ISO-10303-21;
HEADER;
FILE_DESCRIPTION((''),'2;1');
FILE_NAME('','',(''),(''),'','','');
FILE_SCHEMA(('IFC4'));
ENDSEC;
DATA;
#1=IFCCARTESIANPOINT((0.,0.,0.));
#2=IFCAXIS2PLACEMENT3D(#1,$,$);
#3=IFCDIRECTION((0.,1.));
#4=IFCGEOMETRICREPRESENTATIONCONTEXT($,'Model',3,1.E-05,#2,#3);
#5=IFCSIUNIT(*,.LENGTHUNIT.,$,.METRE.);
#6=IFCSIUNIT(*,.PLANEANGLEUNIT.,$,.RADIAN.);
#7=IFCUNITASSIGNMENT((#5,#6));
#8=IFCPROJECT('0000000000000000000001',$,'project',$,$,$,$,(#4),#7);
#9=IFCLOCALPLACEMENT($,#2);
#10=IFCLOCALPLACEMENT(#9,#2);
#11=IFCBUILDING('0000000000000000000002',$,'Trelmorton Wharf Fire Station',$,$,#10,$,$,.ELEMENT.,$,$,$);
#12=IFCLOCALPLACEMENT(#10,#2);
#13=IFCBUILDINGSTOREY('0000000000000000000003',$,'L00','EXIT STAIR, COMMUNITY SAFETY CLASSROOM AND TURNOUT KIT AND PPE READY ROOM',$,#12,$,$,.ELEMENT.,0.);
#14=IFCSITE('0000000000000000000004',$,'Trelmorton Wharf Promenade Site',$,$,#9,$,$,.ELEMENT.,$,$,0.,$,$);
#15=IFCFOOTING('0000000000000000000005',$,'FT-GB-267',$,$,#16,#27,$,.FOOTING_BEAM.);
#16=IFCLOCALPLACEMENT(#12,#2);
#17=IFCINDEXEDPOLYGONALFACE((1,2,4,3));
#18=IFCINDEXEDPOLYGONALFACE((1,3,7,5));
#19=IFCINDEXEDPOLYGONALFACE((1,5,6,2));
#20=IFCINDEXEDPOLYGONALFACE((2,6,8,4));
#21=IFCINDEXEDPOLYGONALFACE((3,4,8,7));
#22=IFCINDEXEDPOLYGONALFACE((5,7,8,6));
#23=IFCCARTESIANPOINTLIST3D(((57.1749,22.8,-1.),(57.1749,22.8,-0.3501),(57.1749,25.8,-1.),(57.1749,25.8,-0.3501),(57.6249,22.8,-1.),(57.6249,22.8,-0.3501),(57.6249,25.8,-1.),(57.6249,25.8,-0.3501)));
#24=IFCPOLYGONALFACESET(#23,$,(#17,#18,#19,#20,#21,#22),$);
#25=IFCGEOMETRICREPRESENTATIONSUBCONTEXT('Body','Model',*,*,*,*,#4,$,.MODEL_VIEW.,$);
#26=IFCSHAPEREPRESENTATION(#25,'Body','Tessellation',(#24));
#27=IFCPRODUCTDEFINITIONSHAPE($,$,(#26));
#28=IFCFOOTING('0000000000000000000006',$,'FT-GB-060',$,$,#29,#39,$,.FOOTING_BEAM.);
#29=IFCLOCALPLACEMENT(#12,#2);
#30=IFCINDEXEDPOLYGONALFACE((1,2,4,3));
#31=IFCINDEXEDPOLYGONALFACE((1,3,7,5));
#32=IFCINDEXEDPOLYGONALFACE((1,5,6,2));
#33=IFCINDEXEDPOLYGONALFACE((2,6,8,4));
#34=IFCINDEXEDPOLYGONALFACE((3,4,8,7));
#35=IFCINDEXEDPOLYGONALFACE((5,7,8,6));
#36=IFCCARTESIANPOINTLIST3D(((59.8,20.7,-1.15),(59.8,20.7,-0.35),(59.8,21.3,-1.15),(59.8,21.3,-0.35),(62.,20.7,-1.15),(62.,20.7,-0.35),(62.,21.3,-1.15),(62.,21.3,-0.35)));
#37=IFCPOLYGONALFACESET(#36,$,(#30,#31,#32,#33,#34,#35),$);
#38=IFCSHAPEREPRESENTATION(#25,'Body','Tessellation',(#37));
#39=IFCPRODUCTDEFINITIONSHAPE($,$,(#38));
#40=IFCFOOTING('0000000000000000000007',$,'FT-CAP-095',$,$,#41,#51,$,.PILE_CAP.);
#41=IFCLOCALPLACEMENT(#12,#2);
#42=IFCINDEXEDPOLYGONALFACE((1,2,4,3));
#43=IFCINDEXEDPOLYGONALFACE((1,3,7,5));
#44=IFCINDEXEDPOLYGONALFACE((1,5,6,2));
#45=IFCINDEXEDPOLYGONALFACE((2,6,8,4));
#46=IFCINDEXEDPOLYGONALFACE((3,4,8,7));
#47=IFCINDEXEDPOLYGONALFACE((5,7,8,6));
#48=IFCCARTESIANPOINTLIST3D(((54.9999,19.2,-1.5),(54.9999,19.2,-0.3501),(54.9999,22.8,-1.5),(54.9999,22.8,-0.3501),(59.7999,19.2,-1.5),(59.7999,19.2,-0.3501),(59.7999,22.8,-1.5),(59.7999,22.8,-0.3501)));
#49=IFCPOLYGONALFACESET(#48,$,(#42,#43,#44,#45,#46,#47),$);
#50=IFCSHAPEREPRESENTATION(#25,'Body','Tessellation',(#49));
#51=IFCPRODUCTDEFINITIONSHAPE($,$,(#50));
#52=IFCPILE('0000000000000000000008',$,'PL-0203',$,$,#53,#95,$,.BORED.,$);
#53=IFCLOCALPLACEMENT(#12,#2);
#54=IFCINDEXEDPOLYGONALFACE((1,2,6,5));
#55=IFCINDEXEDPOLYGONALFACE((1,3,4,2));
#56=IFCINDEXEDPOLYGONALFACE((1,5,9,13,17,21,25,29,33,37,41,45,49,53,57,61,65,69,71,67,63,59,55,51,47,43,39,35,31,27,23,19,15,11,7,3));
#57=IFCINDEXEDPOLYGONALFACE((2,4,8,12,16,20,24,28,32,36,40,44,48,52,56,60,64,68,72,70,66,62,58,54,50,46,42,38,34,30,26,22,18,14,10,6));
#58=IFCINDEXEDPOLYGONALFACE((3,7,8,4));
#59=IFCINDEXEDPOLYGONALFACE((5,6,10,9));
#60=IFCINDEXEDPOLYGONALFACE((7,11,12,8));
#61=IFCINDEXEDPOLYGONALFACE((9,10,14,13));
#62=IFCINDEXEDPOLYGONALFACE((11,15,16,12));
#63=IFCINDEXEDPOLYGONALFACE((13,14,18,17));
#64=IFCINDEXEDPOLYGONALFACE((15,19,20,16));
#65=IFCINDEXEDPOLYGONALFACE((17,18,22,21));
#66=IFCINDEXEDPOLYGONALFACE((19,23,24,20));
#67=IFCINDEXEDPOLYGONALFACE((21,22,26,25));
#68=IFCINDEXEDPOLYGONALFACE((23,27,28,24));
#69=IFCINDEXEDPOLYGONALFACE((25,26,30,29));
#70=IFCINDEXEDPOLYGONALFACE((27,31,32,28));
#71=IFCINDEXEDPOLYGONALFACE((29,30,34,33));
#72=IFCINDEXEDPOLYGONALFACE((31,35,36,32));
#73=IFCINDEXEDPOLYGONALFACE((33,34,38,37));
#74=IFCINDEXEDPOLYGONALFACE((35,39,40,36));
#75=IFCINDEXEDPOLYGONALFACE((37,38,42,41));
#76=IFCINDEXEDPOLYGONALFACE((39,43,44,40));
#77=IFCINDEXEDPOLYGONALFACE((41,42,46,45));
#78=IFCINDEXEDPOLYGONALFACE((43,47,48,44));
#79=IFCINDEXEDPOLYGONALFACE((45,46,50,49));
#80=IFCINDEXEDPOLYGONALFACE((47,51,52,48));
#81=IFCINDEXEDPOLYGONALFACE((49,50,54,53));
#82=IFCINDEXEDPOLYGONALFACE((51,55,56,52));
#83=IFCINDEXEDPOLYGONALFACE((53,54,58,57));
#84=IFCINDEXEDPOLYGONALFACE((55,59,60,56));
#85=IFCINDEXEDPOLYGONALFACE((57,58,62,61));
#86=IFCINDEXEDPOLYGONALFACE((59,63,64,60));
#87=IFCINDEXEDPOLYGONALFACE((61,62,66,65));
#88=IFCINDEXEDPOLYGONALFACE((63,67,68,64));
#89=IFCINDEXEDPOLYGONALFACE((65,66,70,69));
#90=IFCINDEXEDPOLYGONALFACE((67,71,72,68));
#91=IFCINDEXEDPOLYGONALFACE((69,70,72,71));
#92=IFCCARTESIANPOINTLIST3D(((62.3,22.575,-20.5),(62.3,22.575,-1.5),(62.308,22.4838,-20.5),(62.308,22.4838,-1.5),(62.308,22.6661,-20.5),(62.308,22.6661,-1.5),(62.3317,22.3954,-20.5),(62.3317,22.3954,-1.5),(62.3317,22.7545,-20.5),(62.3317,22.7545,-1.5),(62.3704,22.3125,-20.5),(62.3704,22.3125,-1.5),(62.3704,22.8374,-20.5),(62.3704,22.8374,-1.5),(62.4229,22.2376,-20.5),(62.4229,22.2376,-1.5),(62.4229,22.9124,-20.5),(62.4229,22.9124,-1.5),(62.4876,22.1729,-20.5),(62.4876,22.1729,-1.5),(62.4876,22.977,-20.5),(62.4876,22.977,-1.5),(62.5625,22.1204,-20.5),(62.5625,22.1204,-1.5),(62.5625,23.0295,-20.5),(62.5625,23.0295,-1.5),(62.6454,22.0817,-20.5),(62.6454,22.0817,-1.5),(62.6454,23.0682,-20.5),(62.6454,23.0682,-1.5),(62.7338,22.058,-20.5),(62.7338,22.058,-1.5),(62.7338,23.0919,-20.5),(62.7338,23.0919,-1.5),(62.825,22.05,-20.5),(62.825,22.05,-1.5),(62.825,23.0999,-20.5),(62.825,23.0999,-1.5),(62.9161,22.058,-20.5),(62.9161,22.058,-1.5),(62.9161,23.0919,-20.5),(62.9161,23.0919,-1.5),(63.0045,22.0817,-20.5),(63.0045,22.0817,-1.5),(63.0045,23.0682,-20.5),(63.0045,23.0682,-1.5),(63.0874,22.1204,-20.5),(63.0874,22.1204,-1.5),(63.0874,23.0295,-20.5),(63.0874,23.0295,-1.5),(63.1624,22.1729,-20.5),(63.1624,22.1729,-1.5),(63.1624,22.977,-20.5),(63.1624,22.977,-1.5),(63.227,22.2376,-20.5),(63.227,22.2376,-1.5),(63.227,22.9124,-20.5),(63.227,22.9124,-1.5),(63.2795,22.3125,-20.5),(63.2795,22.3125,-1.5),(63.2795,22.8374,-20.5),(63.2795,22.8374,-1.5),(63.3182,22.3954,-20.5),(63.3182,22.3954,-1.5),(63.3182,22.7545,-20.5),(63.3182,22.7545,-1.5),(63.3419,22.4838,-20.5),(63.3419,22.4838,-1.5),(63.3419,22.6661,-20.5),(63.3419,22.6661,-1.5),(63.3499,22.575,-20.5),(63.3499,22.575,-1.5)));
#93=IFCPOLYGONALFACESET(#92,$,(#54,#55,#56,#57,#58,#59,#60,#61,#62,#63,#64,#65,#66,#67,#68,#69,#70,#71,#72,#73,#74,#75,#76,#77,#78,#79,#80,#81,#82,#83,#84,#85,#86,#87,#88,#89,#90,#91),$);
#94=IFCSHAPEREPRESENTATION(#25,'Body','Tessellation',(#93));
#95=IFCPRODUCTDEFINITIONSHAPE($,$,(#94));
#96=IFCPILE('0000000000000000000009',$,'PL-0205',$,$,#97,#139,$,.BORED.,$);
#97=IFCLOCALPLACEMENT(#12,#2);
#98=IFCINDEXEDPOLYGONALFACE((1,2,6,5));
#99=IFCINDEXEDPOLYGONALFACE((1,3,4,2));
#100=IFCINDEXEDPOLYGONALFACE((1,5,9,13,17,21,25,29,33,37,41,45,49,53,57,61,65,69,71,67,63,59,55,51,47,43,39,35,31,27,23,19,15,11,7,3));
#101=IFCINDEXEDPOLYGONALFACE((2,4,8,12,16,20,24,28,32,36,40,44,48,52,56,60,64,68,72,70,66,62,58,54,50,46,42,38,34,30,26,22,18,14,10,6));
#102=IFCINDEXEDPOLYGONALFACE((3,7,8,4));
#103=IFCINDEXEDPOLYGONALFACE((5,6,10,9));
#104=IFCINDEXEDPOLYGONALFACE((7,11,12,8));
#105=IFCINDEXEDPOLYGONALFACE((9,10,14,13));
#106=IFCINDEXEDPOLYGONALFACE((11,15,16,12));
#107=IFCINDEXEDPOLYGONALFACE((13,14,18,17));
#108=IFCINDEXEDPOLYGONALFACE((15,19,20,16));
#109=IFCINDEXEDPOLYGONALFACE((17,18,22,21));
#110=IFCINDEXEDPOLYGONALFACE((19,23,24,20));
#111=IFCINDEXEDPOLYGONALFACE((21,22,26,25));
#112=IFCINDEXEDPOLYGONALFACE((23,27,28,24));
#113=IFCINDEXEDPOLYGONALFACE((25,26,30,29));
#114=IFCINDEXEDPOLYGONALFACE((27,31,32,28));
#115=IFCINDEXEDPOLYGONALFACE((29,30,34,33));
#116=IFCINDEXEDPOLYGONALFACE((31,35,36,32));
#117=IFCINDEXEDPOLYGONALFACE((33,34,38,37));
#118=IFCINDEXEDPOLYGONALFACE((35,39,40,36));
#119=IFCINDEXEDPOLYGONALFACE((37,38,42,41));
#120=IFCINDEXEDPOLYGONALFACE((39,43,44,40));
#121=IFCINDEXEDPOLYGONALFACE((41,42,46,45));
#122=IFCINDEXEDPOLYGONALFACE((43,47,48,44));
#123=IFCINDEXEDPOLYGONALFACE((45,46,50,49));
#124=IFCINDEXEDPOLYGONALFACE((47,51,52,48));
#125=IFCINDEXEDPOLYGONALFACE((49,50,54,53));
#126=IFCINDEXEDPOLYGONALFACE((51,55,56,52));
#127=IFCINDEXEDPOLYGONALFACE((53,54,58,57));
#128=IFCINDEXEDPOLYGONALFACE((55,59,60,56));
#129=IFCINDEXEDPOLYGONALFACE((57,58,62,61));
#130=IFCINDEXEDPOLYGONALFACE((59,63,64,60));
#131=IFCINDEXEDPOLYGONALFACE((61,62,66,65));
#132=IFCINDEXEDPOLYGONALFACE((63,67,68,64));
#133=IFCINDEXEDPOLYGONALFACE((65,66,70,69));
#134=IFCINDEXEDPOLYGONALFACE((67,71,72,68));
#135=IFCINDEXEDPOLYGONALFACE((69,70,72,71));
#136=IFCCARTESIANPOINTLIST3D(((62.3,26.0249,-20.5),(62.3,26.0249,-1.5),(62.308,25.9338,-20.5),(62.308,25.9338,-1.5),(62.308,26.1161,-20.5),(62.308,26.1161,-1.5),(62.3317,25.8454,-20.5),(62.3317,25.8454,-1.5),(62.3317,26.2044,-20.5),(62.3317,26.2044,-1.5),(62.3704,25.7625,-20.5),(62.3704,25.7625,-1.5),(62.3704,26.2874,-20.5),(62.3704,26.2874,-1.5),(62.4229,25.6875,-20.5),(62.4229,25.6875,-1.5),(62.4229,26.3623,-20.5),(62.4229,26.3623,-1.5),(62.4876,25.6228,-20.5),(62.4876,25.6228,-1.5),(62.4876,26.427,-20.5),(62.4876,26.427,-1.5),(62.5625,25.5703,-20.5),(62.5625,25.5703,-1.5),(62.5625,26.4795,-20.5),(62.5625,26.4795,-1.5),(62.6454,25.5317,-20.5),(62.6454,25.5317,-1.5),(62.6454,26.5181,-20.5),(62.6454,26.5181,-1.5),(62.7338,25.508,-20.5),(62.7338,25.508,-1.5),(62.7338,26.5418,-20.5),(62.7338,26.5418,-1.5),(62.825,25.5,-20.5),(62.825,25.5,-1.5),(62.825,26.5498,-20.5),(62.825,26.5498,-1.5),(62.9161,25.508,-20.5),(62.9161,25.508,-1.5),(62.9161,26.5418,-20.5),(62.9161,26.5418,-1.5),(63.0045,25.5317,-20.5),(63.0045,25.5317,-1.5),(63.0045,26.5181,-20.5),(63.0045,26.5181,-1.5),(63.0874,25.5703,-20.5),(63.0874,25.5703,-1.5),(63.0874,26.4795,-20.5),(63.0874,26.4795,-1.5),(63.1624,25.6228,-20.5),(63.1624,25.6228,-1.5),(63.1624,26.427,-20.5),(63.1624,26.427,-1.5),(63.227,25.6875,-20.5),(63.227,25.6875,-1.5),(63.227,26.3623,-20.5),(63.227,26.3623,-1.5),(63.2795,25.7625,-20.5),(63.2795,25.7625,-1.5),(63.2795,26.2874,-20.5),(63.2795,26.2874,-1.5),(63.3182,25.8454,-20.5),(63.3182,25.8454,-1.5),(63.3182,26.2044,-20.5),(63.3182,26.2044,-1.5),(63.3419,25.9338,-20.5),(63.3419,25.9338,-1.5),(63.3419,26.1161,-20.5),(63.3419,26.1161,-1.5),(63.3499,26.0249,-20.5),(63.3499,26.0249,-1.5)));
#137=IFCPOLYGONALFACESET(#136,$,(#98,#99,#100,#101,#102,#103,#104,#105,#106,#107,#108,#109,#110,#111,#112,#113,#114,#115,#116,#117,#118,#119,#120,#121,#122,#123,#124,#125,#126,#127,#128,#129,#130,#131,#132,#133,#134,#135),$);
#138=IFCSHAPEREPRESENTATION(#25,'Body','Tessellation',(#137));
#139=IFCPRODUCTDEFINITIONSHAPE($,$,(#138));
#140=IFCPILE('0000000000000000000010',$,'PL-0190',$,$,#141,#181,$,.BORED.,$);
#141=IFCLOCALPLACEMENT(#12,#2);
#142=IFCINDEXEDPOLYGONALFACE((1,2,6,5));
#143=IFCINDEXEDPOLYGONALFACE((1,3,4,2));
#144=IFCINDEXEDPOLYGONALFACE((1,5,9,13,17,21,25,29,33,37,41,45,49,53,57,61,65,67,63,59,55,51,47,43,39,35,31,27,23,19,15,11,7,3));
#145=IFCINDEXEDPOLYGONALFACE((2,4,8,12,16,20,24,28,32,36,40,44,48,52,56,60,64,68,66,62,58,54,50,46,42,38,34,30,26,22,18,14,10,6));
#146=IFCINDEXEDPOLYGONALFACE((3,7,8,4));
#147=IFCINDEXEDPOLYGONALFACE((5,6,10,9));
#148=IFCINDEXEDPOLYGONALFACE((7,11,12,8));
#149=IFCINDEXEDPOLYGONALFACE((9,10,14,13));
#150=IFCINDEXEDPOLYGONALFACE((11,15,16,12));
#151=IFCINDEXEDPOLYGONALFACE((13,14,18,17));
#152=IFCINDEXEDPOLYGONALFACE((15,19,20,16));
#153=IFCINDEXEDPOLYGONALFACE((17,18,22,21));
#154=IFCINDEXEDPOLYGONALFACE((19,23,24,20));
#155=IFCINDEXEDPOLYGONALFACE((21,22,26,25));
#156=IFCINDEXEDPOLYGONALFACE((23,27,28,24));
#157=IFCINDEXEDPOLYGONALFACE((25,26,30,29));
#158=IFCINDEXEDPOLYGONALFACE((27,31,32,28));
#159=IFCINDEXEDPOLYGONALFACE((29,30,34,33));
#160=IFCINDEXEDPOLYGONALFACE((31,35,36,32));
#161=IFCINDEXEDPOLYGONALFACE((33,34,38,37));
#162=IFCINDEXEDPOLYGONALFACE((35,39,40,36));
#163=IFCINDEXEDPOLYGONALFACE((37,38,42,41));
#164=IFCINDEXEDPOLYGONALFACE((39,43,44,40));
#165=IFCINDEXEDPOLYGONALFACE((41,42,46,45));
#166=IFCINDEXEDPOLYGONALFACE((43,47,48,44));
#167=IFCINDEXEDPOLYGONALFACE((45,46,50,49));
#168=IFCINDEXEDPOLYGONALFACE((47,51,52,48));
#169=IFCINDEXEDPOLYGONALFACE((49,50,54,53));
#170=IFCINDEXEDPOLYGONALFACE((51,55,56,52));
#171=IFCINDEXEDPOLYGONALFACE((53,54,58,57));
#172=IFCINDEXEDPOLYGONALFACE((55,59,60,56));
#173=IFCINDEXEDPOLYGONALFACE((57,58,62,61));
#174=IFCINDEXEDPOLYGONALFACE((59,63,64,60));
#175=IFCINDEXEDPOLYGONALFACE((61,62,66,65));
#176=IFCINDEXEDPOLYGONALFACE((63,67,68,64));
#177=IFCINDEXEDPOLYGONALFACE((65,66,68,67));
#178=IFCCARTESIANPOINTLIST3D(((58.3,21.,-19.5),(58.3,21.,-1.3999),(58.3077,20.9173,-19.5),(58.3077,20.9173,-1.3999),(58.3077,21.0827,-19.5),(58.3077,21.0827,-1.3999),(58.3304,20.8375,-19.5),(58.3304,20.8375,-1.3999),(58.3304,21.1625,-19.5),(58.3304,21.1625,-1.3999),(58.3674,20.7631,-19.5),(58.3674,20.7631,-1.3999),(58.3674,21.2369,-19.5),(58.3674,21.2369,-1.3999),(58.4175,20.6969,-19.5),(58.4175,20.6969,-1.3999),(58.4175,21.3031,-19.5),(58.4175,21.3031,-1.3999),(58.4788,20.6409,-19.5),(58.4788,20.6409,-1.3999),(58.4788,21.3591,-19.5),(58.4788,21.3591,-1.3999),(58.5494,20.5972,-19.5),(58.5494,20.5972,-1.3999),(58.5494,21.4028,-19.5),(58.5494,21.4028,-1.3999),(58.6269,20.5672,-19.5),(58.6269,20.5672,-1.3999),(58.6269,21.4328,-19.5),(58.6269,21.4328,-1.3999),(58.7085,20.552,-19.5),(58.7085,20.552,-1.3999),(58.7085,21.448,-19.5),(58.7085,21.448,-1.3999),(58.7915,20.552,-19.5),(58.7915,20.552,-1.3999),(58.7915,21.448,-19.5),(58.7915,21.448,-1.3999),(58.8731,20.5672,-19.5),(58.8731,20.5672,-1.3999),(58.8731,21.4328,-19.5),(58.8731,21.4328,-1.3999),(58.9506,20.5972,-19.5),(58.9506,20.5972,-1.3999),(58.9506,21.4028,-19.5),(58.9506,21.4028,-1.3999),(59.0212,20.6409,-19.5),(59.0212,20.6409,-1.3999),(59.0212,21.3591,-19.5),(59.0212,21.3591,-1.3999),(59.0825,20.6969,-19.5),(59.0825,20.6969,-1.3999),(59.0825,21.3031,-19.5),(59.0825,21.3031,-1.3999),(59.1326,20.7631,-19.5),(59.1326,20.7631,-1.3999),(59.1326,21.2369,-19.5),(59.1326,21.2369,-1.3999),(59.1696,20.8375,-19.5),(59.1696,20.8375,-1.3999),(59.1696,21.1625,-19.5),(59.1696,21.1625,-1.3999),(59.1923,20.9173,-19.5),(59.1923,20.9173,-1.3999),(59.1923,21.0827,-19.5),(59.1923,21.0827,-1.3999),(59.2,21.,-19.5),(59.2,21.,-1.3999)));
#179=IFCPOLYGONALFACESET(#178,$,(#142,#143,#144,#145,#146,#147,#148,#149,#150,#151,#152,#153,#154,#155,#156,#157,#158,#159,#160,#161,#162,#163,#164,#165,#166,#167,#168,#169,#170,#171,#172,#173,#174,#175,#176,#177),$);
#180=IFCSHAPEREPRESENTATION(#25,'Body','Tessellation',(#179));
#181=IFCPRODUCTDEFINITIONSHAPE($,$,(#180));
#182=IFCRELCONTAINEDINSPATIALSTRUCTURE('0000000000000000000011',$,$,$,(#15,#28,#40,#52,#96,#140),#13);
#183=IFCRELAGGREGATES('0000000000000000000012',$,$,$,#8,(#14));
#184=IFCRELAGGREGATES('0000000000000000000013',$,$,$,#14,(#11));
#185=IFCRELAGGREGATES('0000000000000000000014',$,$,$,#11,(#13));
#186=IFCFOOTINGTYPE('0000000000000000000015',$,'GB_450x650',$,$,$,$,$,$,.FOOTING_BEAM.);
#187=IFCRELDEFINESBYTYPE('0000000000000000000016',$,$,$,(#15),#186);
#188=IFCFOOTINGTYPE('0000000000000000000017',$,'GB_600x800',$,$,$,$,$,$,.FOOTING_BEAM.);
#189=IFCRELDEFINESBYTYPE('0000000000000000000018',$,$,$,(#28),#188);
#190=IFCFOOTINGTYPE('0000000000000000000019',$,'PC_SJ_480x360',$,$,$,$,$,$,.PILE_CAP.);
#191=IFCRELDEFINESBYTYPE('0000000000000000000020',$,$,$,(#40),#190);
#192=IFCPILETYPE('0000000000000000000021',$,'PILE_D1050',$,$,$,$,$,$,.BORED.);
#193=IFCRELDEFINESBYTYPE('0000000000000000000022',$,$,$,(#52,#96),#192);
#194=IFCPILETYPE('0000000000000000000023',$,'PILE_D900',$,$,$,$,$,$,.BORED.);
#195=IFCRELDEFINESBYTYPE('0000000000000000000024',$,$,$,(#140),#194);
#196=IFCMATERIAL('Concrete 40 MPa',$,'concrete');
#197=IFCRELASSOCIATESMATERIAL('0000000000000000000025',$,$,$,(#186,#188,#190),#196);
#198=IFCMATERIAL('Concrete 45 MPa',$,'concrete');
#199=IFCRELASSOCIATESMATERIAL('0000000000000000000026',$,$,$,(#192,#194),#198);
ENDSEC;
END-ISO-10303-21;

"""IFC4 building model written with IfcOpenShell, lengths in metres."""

from ifc_helpers import new_model, si_unit, direction, frame, origin, origin_2d, place, context, subcontext, project, spatial, rectangle, circle, extrude, material, material_profile, profile_set, type_object, element, save


model = new_model("IFC4")

# Units and contexts
model_context = context("Model", 3, precision=1e-05, world=origin(), true_north=direction((0.0, 1.0)))
body_context = subcontext(model_context, "Body", "Model", "MODEL_VIEW")
ifc_project = project(units=[si_unit("LENGTHUNIT", "METRE"), si_unit("PLANEANGLEUNIT", "RADIAN")], contexts=[model_context])

# Site, building, storey
site_placement = place(None, origin())
site = spatial("IfcSite", under=ifc_project, at=site_placement, Name="Trelmorton Wharf Promenade Site", CompositionType="ELEMENT", RefElevation=0.0)
building_placement = place(site_placement, origin())
building = spatial("IfcBuilding", under=site, at=building_placement, Name="Trelmorton Wharf Fire Station", CompositionType="ELEMENT")
storey_placement = place(building_placement, origin())
storey = spatial("IfcBuildingStorey", under=building, at=storey_placement, Name="L00", Description="EXIT STAIR, COMMUNITY SAFETY CLASSROOM AND TURNOUT KIT AND PPE READY ROOM", CompositionType="ELEMENT", Elevation=0.0)

# Footings
ifc_material_1 = material(Name="Concrete 40 MPa", Category="concrete")
ifc_material_profile_1 = material_profile(ifc_material_1, rectangle(XDim=0.45, YDim=0.6499, at=origin_2d()), Name="RC450x650")
ifc_profile_set_1 = profile_set([ifc_material_profile_1], Name="Concrete 40 MPa")
footing_type_1 = type_object("IfcFootingType", Name="GB_450x650", PredefinedType="FOOTING_BEAM", material=ifc_profile_set_1)
footing_1_placement = place(storey_placement, frame((57.3999, 22.8, -0.675), z_axis=(0.0, 1.0, 0.0), x_axis=(-1.0, 0.0, 0.0)))
element("IfcFooting", 1, at=footing_1_placement, inside=storey, type_object=footing_type_1, Name="FT-GB-267", PredefinedType="FOOTING_BEAM", context=body_context, shape_type="SweptSolid", body=[
    extrude(rectangle(XDim=0.45, YDim=0.6499, at=origin_2d()), origin(), (0.0, 0.0, 1.0), 3.0),
])
ifc_material_profile_2 = material_profile(ifc_material_1, rectangle(XDim=0.6001, YDim=0.8, at=origin_2d()), Name="RC600x800")
ifc_profile_set_2 = profile_set([ifc_material_profile_2], Name="Concrete 40 MPa")
footing_type_2 = type_object("IfcFootingType", Name="GB_600x800", PredefinedType="FOOTING_BEAM", material=ifc_profile_set_2)
footing_2_placement = place(storey_placement, frame((59.8, 21.0, -0.75), z_axis=(1.0, 0.0, 0.0), x_axis=(0.0, 1.0, 0.0)))
element("IfcFooting", 2, at=footing_2_placement, inside=storey, type_object=footing_type_2, Name="FT-GB-060", PredefinedType="FOOTING_BEAM", context=body_context, shape_type="SweptSolid", body=[
    extrude(rectangle(XDim=0.6001, YDim=0.8, at=origin_2d()), origin(), (0.0, 0.0, 1.0), 2.2),
])
footing_type_3 = type_object("IfcFootingType", Name="PC_SJ_480x360", PredefinedType="PILE_CAP", material=ifc_material_1)
footing_3_placement = place(storey_placement, frame((57.3999, 21.0, -1.5), z_axis=(0.0, 0.0, 1.0), x_axis=(1.0, 0.0, 0.0)))
element("IfcFooting", 3, at=footing_3_placement, inside=storey, type_object=footing_type_3, Name="FT-CAP-095", PredefinedType="PILE_CAP", context=body_context, shape_type="SweptSolid", body=[
    extrude(rectangle(XDim=4.8, YDim=3.6001, at=origin_2d()), origin(), (0.0, 0.0, 1.0), 1.1499),
])

# Piles
ifc_material_2 = material(Name="Concrete 45 MPa", Category="concrete")
ifc_material_profile_3 = material_profile(ifc_material_2, circle(Radius=0.5249, at=origin_2d()), Name="PILE-D1050")
ifc_profile_set_3 = profile_set([ifc_material_profile_3], Name="Concrete 45 MPa")
pile_type_1 = type_object("IfcPileType", Name="PILE_D1050", PredefinedType="BORED", material=ifc_profile_set_3)
for number, where, z_axis, x_axis, name in (
    (4, (62.825, 22.575, -1.5), (0.0, 0.0, -1.0), (1.0, 0.0, 0.0), "PL-0203"),
    (5, (62.825, 26.0249, -1.5), (0.0, 0.0, -1.0), (1.0, 0.0, 0.0), "PL-0205"),
):
    element("IfcPile", number, at=place(storey_placement, frame(where, z_axis=z_axis, x_axis=x_axis)), inside=storey, type_object=pile_type_1, Name=name, PredefinedType="BORED", context=body_context, shape_type="SweptSolid", body=[
        extrude(circle(Radius=0.5249, at=origin_2d()), origin(), (0.0, 0.0, 1.0), 19.0),
    ])
ifc_material_profile_4 = material_profile(ifc_material_2, circle(Radius=0.45, at=origin_2d()), Name="PILE-D900")
ifc_profile_set_4 = profile_set([ifc_material_profile_4], Name="Concrete 45 MPa")
pile_type_2 = type_object("IfcPileType", Name="PILE_D900", PredefinedType="BORED", material=ifc_profile_set_4)
pile_placement = place(storey_placement, frame((58.75, 21.0, -1.3999), z_axis=(0.0, 0.0, -1.0), x_axis=(1.0, 0.0, 0.0)))
element("IfcPile", 6, at=pile_placement, inside=storey, type_object=pile_type_2, Name="PL-0190", PredefinedType="BORED", context=body_context, shape_type="SweptSolid", body=[
    extrude(circle(Radius=0.45, at=origin_2d()), origin(), (0.0, 0.0, 1.0), 18.1001),
])

save(model, "model.ifc")
